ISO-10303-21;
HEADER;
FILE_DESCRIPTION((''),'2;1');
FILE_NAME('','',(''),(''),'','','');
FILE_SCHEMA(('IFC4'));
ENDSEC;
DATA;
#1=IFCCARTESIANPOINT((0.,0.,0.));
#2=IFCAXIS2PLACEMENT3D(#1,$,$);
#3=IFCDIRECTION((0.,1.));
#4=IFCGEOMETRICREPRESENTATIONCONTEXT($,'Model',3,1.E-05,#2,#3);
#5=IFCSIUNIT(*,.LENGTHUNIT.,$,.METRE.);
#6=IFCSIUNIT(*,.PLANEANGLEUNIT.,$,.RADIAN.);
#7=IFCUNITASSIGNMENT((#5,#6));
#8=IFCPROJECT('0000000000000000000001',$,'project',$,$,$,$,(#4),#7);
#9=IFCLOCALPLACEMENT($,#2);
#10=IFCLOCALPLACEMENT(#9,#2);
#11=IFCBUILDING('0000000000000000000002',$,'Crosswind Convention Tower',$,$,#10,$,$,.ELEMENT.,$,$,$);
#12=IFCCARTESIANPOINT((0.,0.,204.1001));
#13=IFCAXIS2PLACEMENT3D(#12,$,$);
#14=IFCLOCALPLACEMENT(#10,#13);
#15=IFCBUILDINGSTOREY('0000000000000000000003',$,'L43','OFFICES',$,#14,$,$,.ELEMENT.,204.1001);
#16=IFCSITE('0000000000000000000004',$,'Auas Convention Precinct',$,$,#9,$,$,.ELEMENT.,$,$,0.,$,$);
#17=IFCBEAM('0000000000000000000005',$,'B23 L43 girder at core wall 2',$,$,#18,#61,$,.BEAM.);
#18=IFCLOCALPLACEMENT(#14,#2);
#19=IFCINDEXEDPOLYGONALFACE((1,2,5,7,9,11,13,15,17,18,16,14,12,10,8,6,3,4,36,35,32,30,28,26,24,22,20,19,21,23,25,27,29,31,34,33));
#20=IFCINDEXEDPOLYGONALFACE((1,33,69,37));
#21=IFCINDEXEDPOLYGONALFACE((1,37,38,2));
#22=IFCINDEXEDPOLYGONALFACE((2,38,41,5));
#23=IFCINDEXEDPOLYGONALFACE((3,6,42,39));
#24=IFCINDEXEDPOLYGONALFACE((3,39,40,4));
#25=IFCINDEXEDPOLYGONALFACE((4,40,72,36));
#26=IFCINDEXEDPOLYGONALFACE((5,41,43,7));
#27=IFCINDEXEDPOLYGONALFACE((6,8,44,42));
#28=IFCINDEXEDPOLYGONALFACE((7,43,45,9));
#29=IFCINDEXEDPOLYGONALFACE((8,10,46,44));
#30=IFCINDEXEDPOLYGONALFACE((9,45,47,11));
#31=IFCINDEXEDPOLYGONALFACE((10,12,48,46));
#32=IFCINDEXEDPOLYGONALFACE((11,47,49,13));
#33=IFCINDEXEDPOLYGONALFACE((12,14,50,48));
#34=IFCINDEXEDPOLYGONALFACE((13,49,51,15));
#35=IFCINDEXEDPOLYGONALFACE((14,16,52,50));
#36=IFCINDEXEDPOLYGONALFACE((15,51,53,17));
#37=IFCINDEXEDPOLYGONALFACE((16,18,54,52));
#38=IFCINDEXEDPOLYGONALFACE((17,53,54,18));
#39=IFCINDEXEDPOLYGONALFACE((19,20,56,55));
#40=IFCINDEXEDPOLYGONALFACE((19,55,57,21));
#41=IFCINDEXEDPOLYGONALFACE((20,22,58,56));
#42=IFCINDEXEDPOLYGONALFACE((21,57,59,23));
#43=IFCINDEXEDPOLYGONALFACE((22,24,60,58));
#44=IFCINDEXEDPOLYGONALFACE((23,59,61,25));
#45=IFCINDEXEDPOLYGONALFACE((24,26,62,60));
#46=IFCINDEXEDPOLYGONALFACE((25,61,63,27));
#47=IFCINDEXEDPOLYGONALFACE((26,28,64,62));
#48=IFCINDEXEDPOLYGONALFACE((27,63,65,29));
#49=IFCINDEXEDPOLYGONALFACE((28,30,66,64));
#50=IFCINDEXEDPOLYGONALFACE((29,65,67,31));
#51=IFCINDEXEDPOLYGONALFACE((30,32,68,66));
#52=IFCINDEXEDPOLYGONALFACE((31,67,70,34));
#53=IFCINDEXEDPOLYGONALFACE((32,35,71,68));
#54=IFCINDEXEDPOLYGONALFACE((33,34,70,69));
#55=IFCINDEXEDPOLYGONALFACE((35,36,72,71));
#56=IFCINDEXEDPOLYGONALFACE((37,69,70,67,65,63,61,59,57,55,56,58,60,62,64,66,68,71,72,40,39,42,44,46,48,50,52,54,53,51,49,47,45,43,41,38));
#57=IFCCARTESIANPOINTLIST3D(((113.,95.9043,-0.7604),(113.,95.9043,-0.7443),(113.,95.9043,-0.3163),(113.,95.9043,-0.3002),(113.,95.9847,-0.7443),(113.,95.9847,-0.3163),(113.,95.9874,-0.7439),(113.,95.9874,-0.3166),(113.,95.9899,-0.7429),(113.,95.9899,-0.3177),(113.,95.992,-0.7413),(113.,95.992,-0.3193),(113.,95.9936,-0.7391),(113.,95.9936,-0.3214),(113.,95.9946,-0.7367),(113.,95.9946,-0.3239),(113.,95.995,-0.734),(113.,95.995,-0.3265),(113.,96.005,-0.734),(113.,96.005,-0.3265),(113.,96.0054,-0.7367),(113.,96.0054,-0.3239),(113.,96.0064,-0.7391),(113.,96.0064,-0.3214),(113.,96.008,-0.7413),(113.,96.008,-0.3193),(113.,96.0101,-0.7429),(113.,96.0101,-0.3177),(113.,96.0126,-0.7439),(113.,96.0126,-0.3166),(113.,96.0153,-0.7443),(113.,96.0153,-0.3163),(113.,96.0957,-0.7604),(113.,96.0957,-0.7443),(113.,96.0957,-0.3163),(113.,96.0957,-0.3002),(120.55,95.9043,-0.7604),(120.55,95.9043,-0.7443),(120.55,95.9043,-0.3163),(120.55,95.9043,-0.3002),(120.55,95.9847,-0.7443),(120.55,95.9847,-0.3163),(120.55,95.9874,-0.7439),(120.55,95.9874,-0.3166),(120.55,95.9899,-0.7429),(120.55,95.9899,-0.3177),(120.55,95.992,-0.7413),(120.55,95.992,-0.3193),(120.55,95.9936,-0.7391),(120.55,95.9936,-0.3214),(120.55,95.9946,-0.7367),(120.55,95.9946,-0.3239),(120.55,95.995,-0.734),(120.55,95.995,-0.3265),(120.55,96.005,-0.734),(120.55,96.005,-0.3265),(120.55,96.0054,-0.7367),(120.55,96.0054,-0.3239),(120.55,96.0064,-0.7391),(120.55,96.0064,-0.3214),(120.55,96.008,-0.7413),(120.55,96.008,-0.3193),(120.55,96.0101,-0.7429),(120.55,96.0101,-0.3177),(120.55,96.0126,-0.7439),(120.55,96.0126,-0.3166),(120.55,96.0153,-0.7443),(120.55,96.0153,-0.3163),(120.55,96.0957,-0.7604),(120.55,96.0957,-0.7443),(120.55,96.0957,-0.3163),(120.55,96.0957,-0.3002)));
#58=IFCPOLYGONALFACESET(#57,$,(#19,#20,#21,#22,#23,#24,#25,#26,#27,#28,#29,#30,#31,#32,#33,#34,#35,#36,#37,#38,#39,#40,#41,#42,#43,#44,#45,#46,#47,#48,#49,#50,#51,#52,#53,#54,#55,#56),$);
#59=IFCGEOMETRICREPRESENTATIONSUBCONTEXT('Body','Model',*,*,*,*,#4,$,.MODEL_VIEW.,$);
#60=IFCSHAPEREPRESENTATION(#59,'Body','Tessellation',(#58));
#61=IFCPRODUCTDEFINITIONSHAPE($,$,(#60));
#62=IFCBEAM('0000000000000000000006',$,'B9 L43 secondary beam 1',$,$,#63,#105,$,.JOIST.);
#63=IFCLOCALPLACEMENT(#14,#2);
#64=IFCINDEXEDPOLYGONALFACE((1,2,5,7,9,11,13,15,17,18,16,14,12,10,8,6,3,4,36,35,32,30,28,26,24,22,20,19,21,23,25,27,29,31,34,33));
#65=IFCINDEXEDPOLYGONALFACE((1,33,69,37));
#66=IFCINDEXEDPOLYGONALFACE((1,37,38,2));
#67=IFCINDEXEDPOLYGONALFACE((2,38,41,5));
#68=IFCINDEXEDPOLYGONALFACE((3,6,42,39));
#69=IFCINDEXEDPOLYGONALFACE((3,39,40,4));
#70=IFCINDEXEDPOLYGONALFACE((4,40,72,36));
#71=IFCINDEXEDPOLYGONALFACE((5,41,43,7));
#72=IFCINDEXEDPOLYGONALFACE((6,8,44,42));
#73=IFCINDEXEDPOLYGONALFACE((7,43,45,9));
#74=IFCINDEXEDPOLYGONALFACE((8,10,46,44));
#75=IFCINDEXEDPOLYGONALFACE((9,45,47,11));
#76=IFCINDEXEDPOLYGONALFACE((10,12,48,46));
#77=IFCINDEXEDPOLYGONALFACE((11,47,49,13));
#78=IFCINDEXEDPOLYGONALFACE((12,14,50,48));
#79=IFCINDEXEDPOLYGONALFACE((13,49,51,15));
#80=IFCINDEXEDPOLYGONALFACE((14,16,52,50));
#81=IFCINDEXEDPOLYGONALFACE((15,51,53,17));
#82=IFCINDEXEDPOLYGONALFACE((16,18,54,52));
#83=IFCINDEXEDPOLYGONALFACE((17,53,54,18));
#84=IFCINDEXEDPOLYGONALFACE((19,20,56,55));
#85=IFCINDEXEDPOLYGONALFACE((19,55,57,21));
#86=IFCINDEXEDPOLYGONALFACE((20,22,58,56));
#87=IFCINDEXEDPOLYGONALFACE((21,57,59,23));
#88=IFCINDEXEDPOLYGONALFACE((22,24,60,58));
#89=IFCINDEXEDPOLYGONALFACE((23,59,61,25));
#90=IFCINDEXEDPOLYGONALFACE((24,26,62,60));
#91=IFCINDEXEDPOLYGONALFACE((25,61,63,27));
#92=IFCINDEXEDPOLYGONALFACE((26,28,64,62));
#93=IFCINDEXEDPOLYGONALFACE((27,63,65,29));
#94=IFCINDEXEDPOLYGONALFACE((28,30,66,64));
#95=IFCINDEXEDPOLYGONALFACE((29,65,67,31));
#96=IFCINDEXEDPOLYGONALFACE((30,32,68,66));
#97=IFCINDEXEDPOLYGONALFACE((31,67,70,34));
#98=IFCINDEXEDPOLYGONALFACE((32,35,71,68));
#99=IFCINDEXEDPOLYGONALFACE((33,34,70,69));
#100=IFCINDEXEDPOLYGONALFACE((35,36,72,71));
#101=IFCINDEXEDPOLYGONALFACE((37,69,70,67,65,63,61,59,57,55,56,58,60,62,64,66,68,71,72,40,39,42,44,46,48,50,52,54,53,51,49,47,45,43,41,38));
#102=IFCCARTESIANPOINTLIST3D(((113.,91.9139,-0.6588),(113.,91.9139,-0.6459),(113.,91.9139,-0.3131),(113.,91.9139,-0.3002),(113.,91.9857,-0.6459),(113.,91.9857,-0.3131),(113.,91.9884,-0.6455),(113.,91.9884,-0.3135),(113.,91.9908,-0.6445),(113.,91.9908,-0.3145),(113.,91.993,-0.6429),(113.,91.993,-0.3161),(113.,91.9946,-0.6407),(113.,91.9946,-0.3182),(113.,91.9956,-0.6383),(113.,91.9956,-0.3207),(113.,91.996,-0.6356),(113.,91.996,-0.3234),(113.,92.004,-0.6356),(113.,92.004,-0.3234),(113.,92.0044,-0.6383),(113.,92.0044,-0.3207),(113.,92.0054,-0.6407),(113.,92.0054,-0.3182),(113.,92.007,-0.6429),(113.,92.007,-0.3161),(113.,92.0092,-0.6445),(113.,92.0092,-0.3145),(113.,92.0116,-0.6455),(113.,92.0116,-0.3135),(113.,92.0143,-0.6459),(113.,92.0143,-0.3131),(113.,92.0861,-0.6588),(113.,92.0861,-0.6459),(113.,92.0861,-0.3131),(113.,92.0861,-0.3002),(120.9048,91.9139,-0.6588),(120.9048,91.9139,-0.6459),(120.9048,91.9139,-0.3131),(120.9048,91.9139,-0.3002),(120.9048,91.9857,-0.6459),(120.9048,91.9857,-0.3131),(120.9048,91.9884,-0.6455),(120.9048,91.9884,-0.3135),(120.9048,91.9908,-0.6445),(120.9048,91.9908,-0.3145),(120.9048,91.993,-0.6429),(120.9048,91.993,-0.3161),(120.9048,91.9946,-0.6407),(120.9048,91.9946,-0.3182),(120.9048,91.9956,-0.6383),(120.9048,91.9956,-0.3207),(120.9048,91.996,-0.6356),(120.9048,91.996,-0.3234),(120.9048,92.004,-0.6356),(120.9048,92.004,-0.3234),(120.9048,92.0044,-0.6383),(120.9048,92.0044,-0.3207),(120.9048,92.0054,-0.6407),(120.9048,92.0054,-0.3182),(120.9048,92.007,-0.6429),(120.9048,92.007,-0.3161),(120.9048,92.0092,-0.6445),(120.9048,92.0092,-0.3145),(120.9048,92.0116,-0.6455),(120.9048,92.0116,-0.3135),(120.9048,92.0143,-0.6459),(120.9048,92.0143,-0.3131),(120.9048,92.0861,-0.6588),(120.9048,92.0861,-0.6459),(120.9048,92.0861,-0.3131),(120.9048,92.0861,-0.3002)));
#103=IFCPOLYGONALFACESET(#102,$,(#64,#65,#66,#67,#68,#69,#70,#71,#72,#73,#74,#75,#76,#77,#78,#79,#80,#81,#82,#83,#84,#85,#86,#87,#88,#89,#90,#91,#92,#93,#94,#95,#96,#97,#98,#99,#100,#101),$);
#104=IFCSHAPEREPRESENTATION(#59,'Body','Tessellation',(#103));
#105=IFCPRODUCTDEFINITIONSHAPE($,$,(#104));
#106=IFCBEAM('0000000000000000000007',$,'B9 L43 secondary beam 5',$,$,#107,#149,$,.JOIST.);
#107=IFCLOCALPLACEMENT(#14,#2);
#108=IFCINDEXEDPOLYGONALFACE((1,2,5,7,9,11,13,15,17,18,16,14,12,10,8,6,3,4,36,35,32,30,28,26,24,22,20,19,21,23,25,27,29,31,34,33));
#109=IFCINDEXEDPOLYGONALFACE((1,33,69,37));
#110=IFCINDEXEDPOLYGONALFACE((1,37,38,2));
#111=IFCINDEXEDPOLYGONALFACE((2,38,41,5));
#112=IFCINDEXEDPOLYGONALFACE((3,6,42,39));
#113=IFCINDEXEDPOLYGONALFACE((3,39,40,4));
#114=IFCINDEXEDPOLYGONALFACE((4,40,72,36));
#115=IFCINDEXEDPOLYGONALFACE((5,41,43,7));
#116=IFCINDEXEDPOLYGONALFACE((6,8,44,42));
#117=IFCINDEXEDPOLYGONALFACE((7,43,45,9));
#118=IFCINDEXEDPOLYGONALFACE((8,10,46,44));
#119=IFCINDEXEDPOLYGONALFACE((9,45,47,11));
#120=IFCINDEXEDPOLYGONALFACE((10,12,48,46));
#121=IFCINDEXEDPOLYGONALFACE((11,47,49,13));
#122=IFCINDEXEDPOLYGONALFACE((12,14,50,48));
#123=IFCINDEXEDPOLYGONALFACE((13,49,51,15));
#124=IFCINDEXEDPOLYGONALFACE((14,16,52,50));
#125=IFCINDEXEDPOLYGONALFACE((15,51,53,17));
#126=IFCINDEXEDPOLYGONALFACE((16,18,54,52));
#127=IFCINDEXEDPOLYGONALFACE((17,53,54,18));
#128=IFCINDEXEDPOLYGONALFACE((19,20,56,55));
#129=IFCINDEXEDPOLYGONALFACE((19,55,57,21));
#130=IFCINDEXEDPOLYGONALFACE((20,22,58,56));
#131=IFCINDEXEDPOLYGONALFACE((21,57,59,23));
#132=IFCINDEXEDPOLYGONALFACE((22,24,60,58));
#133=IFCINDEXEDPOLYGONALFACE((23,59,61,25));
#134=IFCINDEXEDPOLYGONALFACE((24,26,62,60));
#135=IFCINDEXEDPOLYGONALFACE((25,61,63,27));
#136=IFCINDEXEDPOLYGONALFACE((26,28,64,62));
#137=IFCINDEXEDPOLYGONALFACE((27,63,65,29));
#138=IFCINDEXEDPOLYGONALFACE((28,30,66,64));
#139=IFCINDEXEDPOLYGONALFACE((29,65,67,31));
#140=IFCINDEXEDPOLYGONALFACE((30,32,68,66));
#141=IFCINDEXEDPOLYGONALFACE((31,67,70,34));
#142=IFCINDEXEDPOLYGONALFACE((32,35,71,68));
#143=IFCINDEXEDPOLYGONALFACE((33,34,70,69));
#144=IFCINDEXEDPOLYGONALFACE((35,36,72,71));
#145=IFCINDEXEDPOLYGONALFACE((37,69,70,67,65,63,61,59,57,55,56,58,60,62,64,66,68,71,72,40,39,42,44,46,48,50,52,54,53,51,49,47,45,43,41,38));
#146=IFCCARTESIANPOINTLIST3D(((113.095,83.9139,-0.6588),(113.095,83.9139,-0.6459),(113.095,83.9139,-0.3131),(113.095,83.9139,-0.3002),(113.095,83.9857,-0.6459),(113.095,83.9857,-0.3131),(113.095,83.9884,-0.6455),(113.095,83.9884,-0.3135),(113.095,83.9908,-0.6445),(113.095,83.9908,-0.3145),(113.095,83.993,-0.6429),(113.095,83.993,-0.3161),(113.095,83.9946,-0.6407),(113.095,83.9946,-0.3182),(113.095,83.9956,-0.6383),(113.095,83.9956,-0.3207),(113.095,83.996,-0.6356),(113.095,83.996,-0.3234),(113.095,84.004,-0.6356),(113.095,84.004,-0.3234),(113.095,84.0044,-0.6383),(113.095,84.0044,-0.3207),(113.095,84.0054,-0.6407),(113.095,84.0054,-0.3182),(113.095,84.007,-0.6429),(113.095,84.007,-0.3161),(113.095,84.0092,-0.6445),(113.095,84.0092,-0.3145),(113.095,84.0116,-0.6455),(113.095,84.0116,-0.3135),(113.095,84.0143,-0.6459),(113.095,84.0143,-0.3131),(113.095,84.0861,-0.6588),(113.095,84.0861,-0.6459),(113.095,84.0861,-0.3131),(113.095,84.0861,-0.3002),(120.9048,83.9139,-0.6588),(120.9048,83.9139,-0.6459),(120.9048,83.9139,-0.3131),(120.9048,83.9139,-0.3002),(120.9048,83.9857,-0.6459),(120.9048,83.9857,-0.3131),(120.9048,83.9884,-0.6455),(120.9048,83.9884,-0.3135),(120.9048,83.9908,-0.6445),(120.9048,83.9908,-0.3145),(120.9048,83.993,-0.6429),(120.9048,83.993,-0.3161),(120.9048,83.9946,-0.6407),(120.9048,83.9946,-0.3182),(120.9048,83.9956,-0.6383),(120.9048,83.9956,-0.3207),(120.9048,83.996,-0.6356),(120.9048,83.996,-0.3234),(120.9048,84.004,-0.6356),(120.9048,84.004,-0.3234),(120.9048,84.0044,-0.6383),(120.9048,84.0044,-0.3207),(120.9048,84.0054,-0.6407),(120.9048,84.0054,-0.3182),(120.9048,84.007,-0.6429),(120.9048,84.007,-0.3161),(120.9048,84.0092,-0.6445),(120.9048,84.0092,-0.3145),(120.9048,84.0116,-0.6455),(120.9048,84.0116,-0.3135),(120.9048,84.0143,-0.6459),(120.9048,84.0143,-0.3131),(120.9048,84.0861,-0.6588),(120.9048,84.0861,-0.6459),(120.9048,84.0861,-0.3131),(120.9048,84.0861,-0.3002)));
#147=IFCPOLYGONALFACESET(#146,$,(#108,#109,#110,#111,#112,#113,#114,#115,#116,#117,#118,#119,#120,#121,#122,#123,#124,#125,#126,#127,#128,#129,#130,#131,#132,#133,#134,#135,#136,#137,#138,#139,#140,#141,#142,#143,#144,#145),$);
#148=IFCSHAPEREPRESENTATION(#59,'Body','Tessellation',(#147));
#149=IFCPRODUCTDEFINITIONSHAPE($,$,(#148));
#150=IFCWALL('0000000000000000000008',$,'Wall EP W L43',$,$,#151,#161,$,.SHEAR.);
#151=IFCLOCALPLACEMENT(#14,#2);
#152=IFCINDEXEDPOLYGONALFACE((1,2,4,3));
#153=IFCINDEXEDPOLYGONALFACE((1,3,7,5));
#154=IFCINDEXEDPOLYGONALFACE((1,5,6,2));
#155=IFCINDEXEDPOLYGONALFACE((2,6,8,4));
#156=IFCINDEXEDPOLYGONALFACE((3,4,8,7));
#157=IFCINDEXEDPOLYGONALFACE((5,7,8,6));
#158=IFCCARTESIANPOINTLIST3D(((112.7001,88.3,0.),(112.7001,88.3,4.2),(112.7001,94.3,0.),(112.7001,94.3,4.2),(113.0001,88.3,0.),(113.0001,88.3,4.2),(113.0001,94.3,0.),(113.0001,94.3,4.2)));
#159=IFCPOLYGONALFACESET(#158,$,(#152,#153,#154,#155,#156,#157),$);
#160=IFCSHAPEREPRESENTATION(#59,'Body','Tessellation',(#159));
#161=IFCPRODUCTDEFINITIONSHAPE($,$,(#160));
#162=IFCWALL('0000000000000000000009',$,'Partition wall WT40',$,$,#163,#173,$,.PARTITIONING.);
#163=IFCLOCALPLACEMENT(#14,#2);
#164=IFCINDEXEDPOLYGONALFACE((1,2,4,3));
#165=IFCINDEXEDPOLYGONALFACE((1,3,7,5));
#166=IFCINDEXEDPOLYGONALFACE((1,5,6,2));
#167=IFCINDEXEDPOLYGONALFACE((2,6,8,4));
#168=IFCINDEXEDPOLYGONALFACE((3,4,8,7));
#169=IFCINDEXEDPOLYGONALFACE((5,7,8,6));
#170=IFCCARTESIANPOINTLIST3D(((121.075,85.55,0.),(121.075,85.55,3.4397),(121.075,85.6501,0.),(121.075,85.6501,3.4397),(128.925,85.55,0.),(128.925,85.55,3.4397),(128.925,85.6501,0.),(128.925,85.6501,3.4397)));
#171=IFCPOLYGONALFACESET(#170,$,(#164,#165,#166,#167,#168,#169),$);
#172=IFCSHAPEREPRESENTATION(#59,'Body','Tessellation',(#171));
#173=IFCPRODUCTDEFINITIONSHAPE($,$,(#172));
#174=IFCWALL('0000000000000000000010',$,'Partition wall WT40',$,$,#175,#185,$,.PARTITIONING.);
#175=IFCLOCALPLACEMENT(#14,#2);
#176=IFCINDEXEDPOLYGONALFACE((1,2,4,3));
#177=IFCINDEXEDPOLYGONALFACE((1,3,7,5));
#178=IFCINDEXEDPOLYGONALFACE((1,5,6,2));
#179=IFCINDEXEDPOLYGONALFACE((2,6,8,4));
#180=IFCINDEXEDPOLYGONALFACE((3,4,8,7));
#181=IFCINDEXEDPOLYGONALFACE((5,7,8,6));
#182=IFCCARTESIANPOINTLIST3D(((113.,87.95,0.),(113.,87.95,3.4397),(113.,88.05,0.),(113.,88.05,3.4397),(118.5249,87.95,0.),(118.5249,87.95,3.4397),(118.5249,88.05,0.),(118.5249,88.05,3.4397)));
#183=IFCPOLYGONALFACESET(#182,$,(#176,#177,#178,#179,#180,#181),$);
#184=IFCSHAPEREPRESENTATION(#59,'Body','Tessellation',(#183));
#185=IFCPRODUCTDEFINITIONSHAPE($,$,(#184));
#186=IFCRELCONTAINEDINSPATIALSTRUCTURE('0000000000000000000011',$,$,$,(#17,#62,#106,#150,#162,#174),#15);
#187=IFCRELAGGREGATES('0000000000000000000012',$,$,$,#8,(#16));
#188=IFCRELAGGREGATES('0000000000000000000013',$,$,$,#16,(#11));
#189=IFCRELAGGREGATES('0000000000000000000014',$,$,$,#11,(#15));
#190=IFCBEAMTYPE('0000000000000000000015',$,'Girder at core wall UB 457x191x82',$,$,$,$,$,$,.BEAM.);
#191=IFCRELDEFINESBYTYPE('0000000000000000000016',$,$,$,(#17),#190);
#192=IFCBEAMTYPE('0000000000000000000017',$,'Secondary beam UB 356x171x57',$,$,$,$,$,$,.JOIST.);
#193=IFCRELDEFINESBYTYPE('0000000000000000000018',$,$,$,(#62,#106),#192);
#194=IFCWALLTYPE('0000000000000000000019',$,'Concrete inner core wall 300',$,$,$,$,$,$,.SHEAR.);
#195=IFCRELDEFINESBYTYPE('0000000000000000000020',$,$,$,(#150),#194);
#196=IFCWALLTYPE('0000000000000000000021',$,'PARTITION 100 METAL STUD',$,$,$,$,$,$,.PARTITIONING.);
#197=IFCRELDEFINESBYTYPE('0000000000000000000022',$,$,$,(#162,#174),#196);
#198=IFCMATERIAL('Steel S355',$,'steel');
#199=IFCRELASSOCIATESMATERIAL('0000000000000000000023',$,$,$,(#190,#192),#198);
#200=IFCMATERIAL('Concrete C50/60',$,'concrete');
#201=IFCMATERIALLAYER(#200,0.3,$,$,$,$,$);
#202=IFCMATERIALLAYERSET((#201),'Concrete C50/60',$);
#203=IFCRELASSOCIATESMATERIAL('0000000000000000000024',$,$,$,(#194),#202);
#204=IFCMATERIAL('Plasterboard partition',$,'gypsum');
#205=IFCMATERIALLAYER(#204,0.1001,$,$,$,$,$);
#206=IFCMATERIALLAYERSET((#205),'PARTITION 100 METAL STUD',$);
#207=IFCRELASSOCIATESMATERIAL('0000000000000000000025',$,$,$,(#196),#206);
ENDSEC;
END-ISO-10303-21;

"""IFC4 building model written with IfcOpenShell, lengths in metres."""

from ifc_helpers import new_model, si_unit, direction, frame, frame_2d, origin, origin_2d, place, context, subcontext, project, spatial, rectangle, i_section, extrude, material, layer, layer_set, material_profile, profile_set, type_object, element, save


model = new_model("IFC4")

# Units and contexts
model_context = context("Model", 3, precision=1e-05, world=origin(), true_north=direction((0.0, 1.0)))
body_context = subcontext(model_context, "Body", "Model", "MODEL_VIEW")
ifc_project = project(units=[si_unit("LENGTHUNIT", "METRE"), si_unit("PLANEANGLEUNIT", "RADIAN")], contexts=[model_context])

# Site, building, storey
site_placement = place(None, origin())
site = spatial("IfcSite", under=ifc_project, at=site_placement, Name="Auas Convention Precinct", CompositionType="ELEMENT", RefElevation=0.0)
building_placement = place(site_placement, origin())
building = spatial("IfcBuilding", under=site, at=building_placement, Name="Crosswind Convention Tower", CompositionType="ELEMENT")
storey_placement = place(building_placement, frame((0.0, 0.0, 204.1001)))
storey = spatial("IfcBuildingStorey", under=building, at=storey_placement, Name="L43", Description="OFFICES", CompositionType="ELEMENT", Elevation=204.1001)

# Beams
ifc_material_1 = material(Name="Steel S355", Category="steel")
ifc_material_profile_1 = material_profile(ifc_material_1, i_section(OverallWidth=0.1914, OverallDepth=0.4602, WebThickness=0.01, FlangeThickness=0.0161, FilletRadius=0.0103, at=origin_2d()), Name="UB 457x191x82")
ifc_profile_set_1 = profile_set([ifc_material_profile_1], Name="Steel S355")
beam_type_1 = type_object("IfcBeamType", Name="Girder at core wall UB 457x191x82", PredefinedType="BEAM", material=ifc_profile_set_1)
for number, where, z_axis, x_axis, name in (
    (1, (113.0, 96.0, -0.5303), (1.0, 0.0, 0.0), (0.0, 1.0, 0.0), "B23 L43 girder at core wall 2"),
):
    element("IfcBeam", number, at=place(storey_placement, frame(where, z_axis=z_axis, x_axis=x_axis)), inside=storey, type_object=beam_type_1, Name=name, PredefinedType="BEAM", context=body_context, shape_type="SweptSolid", body=[
        extrude(i_section(OverallWidth=0.1914, OverallDepth=0.4602, WebThickness=0.01, FlangeThickness=0.0161, FilletRadius=0.0103, at=origin_2d()), origin(), (0.0, 0.0, 1.0), 7.55),
    ])
ifc_material_profile_2 = material_profile(ifc_material_1, i_section(OverallWidth=0.1721, OverallDepth=0.3586, WebThickness=0.0081, FlangeThickness=0.0129, FilletRadius=0.0103, at=origin_2d()), Name="UB 356x171x57")
ifc_profile_set_2 = profile_set([ifc_material_profile_2], Name="Steel S355")
beam_type_2 = type_object("IfcBeamType", Name="Secondary beam UB 356x171x57", PredefinedType="JOIST", material=ifc_profile_set_2)
beam_1_placement = place(storey_placement, frame((113.0, 92.0, -0.4795), z_axis=(1.0, 0.0, 0.0), x_axis=(0.0, 1.0, 0.0)))
element("IfcBeam", 2, at=beam_1_placement, inside=storey, type_object=beam_type_2, Name="B9 L43 secondary beam 1", PredefinedType="JOIST", context=body_context, shape_type="SweptSolid", body=[
    extrude(i_section(OverallWidth=0.1721, OverallDepth=0.3586, WebThickness=0.0081, FlangeThickness=0.0129, FilletRadius=0.0103, at=origin_2d()), origin(), (0.0, 0.0, 1.0), 7.9048),
])
beam_2_placement = place(storey_placement, frame((113.095, 84.0, -0.4795), z_axis=(1.0, 0.0, 0.0), x_axis=(0.0, 1.0, 0.0)))
element("IfcBeam", 3, at=beam_2_placement, inside=storey, type_object=beam_type_2, Name="B9 L43 secondary beam 5", PredefinedType="JOIST", context=body_context, shape_type="SweptSolid", body=[
    extrude(i_section(OverallWidth=0.1721, OverallDepth=0.3586, WebThickness=0.0081, FlangeThickness=0.0129, FilletRadius=0.0103, at=origin_2d()), origin(), (0.0, 0.0, 1.0), 7.8098),
])

# Walls
ifc_material_2 = material(Name="Concrete C50/60", Category="concrete")
ifc_layer_1 = layer(ifc_material_2, 0.3)
ifc_layer_set_1 = layer_set([ifc_layer_1], Name="Concrete C50/60")
wall_type_1 = type_object("IfcWallType", Name="Concrete inner core wall 300", PredefinedType="SHEAR", material=ifc_layer_set_1)
wall_1_placement = place(storey_placement, frame((112.8501, 94.3, 0.0), z_axis=(0.0, 0.0, 1.0), x_axis=(0.0, -1.0, 0.0)))
element("IfcWall", 4, at=wall_1_placement, inside=storey, type_object=wall_type_1, Name="Wall EP W L43", PredefinedType="SHEAR", context=body_context, shape_type="SweptSolid", body=[
    extrude(rectangle(XDim=6.0, YDim=0.3, at=frame_2d((3.0, 0.0))), origin(), (0.0, 0.0, 1.0), 4.2),
])
ifc_material_3 = material(Name="Plasterboard partition", Category="gypsum")
ifc_layer_2 = layer(ifc_material_3, 0.1001)
ifc_layer_set_2 = layer_set([ifc_layer_2], Name="PARTITION 100 METAL STUD")
wall_type_2 = type_object("IfcWallType", Name="PARTITION 100 METAL STUD", PredefinedType="PARTITIONING", material=ifc_layer_set_2)
wall_2_placement = place(storey_placement, frame((121.075, 85.6001, 0.0), z_axis=(0.0, 0.0, 1.0), x_axis=(1.0, 0.0, 0.0)))
element("IfcWall", 5, at=wall_2_placement, inside=storey, type_object=wall_type_2, Name="Partition wall WT40", PredefinedType="PARTITIONING", context=body_context, shape_type="SweptSolid", body=[
    extrude(rectangle(XDim=7.8501, YDim=0.1001, at=frame_2d((3.925, 0.0))), origin(), (0.0, 0.0, 1.0), 3.4397),
])
wall_3_placement = place(storey_placement, frame((113.0, 88.0, 0.0), z_axis=(0.0, 0.0, 1.0), x_axis=(1.0, 0.0, 0.0)))
element("IfcWall", 6, at=wall_3_placement, inside=storey, type_object=wall_type_2, Name="Partition wall WT40", PredefinedType="PARTITIONING", context=body_context, shape_type="SweptSolid", body=[
    extrude(rectangle(XDim=5.5249, YDim=0.1001, at=frame_2d((2.7625, 0.0))), origin(), (0.0, 0.0, 1.0), 3.4397),
])

save(model, "model.ifc")
